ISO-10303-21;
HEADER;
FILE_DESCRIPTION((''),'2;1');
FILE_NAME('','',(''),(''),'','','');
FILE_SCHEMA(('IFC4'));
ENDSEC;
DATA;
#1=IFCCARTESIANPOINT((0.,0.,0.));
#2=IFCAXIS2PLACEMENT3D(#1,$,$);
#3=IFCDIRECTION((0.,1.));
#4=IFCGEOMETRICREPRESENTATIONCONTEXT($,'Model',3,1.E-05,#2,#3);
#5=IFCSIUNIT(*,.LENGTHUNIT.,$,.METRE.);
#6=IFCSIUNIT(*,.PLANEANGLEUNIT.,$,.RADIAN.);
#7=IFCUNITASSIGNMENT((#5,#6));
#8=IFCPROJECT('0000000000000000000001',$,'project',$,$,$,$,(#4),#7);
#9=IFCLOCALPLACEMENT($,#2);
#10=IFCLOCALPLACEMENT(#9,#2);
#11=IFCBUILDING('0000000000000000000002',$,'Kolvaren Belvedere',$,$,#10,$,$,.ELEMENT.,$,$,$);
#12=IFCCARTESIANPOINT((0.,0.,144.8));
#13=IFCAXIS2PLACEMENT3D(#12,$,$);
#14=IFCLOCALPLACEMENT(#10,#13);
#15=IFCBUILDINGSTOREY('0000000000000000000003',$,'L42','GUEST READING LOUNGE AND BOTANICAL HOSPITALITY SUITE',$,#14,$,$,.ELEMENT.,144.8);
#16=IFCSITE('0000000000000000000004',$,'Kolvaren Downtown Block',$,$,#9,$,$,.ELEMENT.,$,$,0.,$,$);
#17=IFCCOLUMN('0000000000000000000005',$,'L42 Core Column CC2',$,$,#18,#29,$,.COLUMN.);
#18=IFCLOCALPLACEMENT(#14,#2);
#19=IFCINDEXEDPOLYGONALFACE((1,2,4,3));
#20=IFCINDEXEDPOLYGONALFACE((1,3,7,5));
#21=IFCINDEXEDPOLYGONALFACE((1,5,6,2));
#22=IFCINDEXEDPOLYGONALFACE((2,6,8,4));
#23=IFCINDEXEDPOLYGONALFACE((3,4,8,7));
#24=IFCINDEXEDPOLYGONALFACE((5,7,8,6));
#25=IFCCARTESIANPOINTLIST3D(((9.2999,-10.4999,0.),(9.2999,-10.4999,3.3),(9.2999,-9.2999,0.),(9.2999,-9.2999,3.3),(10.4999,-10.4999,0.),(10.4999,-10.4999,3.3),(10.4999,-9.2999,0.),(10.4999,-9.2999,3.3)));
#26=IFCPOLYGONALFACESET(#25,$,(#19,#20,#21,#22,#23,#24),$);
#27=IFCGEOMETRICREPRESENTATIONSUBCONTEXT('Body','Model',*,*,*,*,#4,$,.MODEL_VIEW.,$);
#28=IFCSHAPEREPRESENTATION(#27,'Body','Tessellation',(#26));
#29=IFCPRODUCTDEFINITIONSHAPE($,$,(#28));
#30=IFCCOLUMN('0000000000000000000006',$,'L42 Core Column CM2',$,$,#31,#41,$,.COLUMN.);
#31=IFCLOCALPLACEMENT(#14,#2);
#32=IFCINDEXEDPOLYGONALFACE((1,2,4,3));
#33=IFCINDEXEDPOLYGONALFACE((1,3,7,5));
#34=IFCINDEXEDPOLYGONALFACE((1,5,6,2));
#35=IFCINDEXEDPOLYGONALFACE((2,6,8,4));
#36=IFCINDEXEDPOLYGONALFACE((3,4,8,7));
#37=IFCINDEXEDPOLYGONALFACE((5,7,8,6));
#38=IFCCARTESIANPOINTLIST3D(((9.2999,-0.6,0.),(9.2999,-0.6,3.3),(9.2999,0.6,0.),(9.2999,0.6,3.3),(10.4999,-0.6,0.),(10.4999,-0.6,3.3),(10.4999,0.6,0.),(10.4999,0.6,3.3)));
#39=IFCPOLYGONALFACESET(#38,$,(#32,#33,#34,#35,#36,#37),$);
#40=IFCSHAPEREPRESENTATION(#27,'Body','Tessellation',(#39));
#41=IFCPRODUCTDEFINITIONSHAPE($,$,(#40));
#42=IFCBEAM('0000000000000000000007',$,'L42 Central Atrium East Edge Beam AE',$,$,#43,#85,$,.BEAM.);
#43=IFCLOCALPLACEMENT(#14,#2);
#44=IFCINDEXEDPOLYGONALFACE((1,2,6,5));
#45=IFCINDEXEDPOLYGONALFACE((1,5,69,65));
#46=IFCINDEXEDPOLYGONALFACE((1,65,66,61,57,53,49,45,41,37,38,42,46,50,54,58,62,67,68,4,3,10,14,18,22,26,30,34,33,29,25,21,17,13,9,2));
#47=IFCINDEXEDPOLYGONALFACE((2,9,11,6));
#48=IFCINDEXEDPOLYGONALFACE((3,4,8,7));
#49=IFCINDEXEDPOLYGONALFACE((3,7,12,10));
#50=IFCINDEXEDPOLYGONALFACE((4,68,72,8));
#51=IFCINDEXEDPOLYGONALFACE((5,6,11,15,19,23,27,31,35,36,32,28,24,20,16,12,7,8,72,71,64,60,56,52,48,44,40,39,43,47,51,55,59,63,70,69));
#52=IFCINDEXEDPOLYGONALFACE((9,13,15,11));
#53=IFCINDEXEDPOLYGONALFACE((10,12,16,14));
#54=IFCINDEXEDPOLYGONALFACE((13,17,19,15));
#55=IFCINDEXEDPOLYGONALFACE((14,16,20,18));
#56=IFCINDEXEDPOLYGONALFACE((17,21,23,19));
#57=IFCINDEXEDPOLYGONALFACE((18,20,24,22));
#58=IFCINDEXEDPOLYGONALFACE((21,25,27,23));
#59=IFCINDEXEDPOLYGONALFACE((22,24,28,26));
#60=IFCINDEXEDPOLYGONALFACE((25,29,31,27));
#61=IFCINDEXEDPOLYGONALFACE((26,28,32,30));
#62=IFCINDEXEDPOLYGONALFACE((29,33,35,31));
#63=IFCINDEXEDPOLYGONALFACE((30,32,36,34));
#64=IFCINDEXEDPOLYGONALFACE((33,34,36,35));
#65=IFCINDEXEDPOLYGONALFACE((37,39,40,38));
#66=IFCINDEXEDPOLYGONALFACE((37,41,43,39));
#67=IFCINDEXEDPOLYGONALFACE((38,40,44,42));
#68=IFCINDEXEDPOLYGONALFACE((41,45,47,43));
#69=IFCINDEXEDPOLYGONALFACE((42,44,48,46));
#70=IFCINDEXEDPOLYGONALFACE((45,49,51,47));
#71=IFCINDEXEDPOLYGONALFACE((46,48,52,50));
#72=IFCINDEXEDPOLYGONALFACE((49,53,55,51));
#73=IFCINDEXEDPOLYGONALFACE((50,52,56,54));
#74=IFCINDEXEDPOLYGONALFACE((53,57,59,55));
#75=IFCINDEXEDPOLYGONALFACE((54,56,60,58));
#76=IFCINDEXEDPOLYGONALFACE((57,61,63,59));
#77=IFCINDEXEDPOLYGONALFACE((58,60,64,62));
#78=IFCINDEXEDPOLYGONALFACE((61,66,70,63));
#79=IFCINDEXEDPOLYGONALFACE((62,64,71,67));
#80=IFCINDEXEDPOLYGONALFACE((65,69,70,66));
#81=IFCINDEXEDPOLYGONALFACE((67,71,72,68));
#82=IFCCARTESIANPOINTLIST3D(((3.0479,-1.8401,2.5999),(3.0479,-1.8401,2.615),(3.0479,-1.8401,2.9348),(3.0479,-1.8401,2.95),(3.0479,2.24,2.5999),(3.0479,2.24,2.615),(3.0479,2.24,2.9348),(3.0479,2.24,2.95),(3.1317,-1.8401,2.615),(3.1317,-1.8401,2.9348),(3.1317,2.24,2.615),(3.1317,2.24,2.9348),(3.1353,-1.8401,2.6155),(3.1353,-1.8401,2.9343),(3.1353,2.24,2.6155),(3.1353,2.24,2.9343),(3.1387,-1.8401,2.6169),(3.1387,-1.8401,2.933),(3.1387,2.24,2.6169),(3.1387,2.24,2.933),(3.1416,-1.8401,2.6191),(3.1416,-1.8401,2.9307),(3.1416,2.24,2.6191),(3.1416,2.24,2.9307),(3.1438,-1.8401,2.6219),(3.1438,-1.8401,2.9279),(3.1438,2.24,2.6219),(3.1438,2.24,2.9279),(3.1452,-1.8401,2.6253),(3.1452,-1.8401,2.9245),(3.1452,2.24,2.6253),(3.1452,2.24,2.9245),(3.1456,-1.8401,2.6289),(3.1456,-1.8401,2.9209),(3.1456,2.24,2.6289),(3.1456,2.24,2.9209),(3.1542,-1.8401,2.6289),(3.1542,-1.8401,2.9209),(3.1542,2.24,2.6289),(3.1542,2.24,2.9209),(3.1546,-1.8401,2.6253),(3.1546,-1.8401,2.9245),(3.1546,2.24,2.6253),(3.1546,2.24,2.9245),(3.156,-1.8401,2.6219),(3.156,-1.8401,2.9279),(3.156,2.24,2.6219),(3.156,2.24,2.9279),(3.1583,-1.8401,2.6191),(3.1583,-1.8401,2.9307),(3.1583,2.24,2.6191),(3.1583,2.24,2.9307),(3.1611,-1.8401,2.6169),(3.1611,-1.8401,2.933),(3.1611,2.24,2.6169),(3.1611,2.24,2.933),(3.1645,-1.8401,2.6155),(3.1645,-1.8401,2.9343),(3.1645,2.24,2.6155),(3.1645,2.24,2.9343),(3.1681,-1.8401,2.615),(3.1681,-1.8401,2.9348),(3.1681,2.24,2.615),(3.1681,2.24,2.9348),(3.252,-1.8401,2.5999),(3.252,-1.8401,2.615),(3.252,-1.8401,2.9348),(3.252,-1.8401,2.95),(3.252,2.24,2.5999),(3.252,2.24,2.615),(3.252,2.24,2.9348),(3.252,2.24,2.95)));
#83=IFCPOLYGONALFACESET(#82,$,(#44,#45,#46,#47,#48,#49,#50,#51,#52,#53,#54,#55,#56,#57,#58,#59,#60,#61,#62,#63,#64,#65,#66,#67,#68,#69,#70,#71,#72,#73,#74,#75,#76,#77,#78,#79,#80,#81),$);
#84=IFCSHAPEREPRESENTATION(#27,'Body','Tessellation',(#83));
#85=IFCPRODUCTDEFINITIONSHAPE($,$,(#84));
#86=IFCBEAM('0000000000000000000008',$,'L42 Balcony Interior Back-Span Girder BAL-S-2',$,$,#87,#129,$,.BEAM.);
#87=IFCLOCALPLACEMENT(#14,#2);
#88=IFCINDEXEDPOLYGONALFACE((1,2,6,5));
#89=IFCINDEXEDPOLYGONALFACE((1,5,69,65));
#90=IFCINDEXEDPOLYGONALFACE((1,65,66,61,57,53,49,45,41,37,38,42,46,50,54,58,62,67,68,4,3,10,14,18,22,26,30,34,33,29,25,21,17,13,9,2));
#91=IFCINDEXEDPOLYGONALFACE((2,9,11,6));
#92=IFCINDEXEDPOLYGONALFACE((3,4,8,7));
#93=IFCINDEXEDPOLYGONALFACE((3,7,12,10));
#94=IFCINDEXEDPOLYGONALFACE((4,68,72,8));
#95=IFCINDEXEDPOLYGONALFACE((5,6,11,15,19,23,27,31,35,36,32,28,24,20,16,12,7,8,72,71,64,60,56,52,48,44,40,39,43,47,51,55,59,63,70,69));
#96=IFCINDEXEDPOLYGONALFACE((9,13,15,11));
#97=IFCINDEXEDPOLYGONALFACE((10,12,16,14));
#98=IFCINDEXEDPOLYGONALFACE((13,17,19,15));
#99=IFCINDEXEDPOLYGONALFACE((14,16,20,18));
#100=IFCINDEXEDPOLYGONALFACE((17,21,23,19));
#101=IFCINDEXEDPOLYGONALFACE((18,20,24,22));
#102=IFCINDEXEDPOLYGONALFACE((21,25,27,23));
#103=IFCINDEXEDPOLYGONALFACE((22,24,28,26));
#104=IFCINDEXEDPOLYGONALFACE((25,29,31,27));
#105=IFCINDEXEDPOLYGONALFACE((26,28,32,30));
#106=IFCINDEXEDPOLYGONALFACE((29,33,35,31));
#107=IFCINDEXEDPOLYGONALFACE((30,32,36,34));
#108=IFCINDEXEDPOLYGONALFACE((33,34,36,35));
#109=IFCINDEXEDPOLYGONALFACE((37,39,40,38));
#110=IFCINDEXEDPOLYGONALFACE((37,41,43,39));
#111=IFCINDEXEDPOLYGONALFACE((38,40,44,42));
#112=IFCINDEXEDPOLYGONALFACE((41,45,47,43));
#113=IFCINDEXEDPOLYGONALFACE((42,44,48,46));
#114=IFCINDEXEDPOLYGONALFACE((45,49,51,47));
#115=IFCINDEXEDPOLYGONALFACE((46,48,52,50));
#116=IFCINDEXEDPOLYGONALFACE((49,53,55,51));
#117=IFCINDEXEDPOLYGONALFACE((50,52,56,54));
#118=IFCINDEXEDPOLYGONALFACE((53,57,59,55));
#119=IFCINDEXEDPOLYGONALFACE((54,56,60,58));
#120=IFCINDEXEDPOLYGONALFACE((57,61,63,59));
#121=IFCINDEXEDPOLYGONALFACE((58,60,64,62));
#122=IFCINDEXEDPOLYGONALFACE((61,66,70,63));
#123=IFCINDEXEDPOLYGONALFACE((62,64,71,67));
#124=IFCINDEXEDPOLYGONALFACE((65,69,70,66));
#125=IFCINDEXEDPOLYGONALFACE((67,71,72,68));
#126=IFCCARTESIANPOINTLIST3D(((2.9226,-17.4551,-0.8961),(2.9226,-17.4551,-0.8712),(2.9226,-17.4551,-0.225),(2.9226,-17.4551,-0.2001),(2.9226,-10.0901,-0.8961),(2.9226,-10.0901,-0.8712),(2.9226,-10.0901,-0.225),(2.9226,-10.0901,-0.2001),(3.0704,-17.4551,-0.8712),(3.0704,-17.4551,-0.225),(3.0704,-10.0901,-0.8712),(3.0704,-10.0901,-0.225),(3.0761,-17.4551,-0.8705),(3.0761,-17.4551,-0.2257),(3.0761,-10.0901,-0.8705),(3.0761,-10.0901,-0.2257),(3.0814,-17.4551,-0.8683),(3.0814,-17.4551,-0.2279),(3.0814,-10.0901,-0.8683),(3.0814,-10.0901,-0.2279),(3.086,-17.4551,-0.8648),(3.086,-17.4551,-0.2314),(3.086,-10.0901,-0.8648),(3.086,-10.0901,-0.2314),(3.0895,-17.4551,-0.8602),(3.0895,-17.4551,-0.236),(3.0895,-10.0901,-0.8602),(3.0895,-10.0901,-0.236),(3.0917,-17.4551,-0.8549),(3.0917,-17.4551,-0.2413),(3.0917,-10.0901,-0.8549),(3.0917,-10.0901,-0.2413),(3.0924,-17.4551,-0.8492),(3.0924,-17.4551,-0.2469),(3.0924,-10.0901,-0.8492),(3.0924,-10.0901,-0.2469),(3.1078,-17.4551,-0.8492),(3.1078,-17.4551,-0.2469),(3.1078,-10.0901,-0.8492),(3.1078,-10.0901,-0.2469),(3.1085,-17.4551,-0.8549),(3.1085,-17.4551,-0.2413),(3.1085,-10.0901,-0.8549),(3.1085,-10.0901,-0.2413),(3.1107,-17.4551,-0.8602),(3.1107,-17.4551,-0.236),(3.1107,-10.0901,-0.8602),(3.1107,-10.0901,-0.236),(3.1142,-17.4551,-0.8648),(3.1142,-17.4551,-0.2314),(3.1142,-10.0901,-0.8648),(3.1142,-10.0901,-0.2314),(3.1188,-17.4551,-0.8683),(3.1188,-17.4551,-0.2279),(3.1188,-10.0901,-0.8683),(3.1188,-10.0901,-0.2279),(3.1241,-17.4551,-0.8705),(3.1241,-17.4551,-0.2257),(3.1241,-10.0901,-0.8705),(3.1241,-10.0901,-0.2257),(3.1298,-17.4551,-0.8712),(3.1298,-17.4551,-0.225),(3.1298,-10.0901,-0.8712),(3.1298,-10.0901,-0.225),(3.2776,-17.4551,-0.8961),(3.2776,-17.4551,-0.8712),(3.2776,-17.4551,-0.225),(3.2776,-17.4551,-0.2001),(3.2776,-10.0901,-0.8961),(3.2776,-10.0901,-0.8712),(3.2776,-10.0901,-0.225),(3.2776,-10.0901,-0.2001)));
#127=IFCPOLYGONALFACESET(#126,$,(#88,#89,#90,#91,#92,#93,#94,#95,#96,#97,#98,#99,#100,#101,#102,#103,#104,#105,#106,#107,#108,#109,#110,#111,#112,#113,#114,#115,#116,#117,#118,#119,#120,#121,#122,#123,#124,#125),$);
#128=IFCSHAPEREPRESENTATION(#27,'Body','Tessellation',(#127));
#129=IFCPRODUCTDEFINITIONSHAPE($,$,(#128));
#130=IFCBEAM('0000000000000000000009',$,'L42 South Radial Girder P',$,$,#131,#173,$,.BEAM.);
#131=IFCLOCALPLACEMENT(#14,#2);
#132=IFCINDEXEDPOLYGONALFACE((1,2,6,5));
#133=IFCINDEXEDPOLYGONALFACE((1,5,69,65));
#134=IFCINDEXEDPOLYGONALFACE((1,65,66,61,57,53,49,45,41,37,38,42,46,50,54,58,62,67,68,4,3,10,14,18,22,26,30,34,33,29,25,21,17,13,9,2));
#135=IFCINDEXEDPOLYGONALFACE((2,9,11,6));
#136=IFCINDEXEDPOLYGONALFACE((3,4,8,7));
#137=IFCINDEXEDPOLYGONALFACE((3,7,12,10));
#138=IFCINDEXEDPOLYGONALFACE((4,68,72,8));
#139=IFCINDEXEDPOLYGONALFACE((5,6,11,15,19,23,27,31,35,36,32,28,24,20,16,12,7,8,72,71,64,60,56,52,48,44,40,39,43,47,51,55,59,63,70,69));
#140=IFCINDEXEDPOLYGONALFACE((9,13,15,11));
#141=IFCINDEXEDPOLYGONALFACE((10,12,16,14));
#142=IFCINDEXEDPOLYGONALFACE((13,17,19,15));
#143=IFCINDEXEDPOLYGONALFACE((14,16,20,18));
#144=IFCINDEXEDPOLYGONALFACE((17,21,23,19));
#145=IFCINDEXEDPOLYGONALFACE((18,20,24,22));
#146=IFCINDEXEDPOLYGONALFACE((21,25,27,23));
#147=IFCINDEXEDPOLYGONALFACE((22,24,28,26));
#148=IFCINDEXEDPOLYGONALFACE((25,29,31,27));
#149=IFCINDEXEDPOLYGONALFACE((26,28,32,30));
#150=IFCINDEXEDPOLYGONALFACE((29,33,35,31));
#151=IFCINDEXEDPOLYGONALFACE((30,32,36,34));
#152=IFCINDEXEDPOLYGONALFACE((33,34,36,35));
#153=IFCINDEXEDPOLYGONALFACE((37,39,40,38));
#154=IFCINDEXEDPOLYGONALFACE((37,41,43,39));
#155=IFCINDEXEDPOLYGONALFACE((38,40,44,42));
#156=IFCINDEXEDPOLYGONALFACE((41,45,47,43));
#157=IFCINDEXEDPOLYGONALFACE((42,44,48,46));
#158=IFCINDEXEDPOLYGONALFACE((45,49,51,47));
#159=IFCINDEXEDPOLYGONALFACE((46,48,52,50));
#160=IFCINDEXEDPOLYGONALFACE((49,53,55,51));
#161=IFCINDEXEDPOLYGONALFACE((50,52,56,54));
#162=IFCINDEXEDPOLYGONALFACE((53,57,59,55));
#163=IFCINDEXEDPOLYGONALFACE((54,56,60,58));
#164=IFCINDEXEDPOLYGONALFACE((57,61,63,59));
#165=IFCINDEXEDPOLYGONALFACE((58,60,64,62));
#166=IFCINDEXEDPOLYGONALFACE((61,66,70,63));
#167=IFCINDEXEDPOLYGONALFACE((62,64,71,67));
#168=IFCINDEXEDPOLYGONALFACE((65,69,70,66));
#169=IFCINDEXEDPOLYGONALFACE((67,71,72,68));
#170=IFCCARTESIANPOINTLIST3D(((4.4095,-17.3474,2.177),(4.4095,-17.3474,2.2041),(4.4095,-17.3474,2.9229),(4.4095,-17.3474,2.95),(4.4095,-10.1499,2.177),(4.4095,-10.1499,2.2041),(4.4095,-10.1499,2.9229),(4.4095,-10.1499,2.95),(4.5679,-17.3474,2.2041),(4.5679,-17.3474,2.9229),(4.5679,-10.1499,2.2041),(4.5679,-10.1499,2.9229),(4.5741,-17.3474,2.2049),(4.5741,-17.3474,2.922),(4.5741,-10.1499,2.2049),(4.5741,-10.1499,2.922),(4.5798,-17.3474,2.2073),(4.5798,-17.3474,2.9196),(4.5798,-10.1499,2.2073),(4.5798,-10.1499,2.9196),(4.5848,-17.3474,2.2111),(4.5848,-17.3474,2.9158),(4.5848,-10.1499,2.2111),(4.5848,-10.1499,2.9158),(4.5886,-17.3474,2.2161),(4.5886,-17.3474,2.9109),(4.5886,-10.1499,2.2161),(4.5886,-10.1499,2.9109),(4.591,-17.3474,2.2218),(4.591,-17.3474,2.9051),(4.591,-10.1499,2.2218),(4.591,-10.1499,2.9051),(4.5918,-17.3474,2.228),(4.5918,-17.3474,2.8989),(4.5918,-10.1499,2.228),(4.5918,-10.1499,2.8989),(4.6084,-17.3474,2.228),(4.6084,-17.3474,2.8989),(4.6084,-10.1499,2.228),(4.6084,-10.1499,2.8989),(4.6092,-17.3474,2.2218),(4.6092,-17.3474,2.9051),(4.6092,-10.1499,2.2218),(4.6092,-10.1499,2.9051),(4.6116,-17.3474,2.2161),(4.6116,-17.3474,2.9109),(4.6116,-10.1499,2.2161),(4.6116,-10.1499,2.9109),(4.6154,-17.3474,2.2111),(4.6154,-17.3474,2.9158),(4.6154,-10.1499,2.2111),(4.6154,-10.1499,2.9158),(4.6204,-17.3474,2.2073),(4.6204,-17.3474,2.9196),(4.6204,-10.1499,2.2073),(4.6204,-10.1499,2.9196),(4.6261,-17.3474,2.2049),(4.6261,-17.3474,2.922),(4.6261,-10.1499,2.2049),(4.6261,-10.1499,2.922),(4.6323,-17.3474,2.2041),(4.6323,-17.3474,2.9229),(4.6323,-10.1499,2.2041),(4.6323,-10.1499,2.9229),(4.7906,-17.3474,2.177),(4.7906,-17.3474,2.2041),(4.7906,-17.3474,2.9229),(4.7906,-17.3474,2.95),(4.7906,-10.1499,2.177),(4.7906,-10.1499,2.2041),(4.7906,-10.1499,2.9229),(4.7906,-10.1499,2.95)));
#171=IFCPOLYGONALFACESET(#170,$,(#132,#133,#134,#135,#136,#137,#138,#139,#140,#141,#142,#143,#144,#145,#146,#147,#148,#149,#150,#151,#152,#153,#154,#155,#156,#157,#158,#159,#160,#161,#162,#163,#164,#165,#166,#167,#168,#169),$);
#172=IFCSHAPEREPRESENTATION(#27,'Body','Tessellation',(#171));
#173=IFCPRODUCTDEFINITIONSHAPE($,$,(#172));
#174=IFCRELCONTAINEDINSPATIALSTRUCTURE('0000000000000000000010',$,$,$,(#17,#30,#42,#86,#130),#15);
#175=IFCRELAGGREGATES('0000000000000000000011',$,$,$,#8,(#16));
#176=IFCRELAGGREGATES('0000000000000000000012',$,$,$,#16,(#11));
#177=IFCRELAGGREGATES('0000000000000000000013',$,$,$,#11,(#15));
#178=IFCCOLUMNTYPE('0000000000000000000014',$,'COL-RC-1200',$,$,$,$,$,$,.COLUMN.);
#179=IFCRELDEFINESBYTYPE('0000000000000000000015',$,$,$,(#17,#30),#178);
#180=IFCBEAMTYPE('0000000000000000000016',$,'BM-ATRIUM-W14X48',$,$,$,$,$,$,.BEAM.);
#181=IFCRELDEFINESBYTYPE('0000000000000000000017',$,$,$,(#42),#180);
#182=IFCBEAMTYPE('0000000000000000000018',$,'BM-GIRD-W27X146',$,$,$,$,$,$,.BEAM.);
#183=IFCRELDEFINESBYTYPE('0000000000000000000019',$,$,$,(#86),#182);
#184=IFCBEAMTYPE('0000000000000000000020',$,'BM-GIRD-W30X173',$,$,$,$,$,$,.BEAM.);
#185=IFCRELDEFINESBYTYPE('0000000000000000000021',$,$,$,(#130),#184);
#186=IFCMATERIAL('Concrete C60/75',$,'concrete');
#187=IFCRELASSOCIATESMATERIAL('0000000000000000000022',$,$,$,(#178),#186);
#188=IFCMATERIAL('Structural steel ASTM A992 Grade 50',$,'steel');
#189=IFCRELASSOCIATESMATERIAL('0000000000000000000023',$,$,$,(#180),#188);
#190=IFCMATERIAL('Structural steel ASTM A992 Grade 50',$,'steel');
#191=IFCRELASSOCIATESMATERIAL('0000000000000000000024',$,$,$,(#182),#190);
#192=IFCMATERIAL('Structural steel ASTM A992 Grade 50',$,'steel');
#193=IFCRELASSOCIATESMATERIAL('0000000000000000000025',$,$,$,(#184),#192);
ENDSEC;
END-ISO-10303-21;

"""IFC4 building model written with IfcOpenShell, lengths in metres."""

from ifc_helpers import new_model, si_unit, direction, frame, origin, origin_2d, place, context, subcontext, project, spatial, rectangle, i_section, extrude, material, material_profile, profile_set, type_object, element, save


model = new_model("IFC4")

# Units and contexts
model_context = context("Model", 3, precision=1e-05, world=origin(), true_north=direction((0.0, 1.0)))
body_context = subcontext(model_context, "Body", "Model", "MODEL_VIEW")
ifc_project = project(units=[si_unit("LENGTHUNIT", "METRE"), si_unit("PLANEANGLEUNIT", "RADIAN")], contexts=[model_context])

# Site, building, storey
site_placement = place(None, origin())
site = spatial("IfcSite", under=ifc_project, at=site_placement, Name="Kolvaren Downtown Block", CompositionType="ELEMENT", RefElevation=0.0)
building_placement = place(site_placement, origin())
building = spatial("IfcBuilding", under=site, at=building_placement, Name="Kolvaren Belvedere", CompositionType="ELEMENT")
storey_placement = place(building_placement, frame((0.0, 0.0, 144.8)))
storey = spatial("IfcBuildingStorey", under=building, at=storey_placement, Name="L42", Description="GUEST READING LOUNGE AND BOTANICAL HOSPITALITY SUITE", CompositionType="ELEMENT", Elevation=144.8)

# Columns
ifc_material_1 = material(Name="Concrete C60/75", Category="concrete")
ifc_material_profile_1 = material_profile(ifc_material_1, rectangle(XDim=1.2, YDim=1.2, at=origin_2d()), Name="RC 1200X1200")
ifc_profile_set_1 = profile_set([ifc_material_profile_1], Name="Concrete C60/75")
column_type = type_object("IfcColumnType", Name="COL-RC-1200", PredefinedType="COLUMN", material=ifc_profile_set_1)
for number, where, z_axis, x_axis, name in (
    (1, (9.8999, -9.8999, 0.0), (0.0, 0.0, 1.0), (1.0, 0.0, 0.0), "L42 Core Column CC2"),
    (2, (9.8999, 0.0, 0.0), (0.0, 0.0, 1.0), (1.0, 0.0, 0.0), "L42 Core Column CM2"),
):
    element("IfcColumn", number, at=place(storey_placement, frame(where, z_axis=z_axis, x_axis=x_axis)), inside=storey, type_object=column_type, Name=name, PredefinedType="COLUMN", context=body_context, shape_type="SweptSolid", body=[
        extrude(rectangle(XDim=1.2, YDim=1.2, at=origin_2d()), origin(), (0.0, 0.0, 1.0), 3.3),
    ])

# Beams
ifc_material_2 = material(Name="Structural steel ASTM A992 Grade 50", Category="steel")
ifc_material_profile_2 = material_profile(ifc_material_2, i_section(OverallWidth=0.2041, OverallDepth=0.3501, WebThickness=0.0085, FlangeThickness=0.0151, FilletRadius=0.0139, at=origin_2d()), Name="W14X48")
ifc_profile_set_2 = profile_set([ifc_material_profile_2], Name="Structural steel ASTM A992 Grade 50")
beam_type_1 = type_object("IfcBeamType", Name="BM-ATRIUM-W14X48", PredefinedType="BEAM", material=ifc_profile_set_2)
beam_1_placement = place(storey_placement, frame((3.1499, -1.8401, 2.7749), z_axis=(0.0, 1.0, 0.0), x_axis=(-1.0, 0.0, 0.0)))
element("IfcBeam", 3, at=beam_1_placement, inside=storey, type_object=beam_type_1, Name="L42 Central Atrium East Edge Beam AE", PredefinedType="BEAM", context=body_context, shape_type="SweptSolid", body=[
    extrude(i_section(OverallWidth=0.2041, OverallDepth=0.3501, WebThickness=0.0085, FlangeThickness=0.0151, FilletRadius=0.0139, at=origin_2d()), origin(), (0.0, 0.0, 1.0), 4.0801),
])
ifc_material_3 = material(Name="Structural steel ASTM A992 Grade 50", Category="steel")
ifc_material_profile_3 = material_profile(ifc_material_3, i_section(OverallWidth=0.355, OverallDepth=0.696, WebThickness=0.0154, FlangeThickness=0.0249, FilletRadius=0.022, at=origin_2d()), Name="W27X146")
ifc_profile_set_3 = profile_set([ifc_material_profile_3], Name="Structural steel ASTM A992 Grade 50")
beam_type_2 = type_object("IfcBeamType", Name="BM-GIRD-W27X146", PredefinedType="BEAM", material=ifc_profile_set_3)
beam_2_placement = place(storey_placement, frame((3.1001, -10.0901, -0.5481), z_axis=(0.0, -1.0, 0.0), x_axis=(1.0, 0.0, 0.0)))
element("IfcBeam", 4, at=beam_2_placement, inside=storey, type_object=beam_type_2, Name="L42 Balcony Interior Back-Span Girder BAL-S-2", PredefinedType="BEAM", context=body_context, shape_type="SweptSolid", body=[
    extrude(i_section(OverallWidth=0.355, OverallDepth=0.696, WebThickness=0.0154, FlangeThickness=0.0249, FilletRadius=0.022, at=origin_2d()), origin(), (0.0, 0.0, 1.0), 7.365),
])
ifc_material_4 = material(Name="Structural steel ASTM A992 Grade 50", Category="steel")
ifc_material_profile_4 = material_profile(ifc_material_4, i_section(OverallWidth=0.3811, OverallDepth=0.7729, WebThickness=0.0166, FlangeThickness=0.0271, FilletRadius=0.0239, at=origin_2d()), Name="W30X173")
ifc_profile_set_4 = profile_set([ifc_material_profile_4], Name="Structural steel ASTM A992 Grade 50")
beam_type_3 = type_object("IfcBeamType", Name="BM-GIRD-W30X173", PredefinedType="BEAM", material=ifc_profile_set_4)
beam_3_placement = place(storey_placement, frame((4.6001, -10.1499, 2.5635), z_axis=(0.0, -1.0, 0.0), x_axis=(1.0, 0.0, 0.0)))
element("IfcBeam", 5, at=beam_3_placement, inside=storey, type_object=beam_type_3, Name="L42 South Radial Girder P", PredefinedType="BEAM", context=body_context, shape_type="SweptSolid", body=[
    extrude(i_section(OverallWidth=0.3811, OverallDepth=0.7729, WebThickness=0.0166, FlangeThickness=0.0271, FilletRadius=0.0239, at=origin_2d()), origin(), (0.0, 0.0, 1.0), 7.1975),
])

save(model, "model.ifc")
